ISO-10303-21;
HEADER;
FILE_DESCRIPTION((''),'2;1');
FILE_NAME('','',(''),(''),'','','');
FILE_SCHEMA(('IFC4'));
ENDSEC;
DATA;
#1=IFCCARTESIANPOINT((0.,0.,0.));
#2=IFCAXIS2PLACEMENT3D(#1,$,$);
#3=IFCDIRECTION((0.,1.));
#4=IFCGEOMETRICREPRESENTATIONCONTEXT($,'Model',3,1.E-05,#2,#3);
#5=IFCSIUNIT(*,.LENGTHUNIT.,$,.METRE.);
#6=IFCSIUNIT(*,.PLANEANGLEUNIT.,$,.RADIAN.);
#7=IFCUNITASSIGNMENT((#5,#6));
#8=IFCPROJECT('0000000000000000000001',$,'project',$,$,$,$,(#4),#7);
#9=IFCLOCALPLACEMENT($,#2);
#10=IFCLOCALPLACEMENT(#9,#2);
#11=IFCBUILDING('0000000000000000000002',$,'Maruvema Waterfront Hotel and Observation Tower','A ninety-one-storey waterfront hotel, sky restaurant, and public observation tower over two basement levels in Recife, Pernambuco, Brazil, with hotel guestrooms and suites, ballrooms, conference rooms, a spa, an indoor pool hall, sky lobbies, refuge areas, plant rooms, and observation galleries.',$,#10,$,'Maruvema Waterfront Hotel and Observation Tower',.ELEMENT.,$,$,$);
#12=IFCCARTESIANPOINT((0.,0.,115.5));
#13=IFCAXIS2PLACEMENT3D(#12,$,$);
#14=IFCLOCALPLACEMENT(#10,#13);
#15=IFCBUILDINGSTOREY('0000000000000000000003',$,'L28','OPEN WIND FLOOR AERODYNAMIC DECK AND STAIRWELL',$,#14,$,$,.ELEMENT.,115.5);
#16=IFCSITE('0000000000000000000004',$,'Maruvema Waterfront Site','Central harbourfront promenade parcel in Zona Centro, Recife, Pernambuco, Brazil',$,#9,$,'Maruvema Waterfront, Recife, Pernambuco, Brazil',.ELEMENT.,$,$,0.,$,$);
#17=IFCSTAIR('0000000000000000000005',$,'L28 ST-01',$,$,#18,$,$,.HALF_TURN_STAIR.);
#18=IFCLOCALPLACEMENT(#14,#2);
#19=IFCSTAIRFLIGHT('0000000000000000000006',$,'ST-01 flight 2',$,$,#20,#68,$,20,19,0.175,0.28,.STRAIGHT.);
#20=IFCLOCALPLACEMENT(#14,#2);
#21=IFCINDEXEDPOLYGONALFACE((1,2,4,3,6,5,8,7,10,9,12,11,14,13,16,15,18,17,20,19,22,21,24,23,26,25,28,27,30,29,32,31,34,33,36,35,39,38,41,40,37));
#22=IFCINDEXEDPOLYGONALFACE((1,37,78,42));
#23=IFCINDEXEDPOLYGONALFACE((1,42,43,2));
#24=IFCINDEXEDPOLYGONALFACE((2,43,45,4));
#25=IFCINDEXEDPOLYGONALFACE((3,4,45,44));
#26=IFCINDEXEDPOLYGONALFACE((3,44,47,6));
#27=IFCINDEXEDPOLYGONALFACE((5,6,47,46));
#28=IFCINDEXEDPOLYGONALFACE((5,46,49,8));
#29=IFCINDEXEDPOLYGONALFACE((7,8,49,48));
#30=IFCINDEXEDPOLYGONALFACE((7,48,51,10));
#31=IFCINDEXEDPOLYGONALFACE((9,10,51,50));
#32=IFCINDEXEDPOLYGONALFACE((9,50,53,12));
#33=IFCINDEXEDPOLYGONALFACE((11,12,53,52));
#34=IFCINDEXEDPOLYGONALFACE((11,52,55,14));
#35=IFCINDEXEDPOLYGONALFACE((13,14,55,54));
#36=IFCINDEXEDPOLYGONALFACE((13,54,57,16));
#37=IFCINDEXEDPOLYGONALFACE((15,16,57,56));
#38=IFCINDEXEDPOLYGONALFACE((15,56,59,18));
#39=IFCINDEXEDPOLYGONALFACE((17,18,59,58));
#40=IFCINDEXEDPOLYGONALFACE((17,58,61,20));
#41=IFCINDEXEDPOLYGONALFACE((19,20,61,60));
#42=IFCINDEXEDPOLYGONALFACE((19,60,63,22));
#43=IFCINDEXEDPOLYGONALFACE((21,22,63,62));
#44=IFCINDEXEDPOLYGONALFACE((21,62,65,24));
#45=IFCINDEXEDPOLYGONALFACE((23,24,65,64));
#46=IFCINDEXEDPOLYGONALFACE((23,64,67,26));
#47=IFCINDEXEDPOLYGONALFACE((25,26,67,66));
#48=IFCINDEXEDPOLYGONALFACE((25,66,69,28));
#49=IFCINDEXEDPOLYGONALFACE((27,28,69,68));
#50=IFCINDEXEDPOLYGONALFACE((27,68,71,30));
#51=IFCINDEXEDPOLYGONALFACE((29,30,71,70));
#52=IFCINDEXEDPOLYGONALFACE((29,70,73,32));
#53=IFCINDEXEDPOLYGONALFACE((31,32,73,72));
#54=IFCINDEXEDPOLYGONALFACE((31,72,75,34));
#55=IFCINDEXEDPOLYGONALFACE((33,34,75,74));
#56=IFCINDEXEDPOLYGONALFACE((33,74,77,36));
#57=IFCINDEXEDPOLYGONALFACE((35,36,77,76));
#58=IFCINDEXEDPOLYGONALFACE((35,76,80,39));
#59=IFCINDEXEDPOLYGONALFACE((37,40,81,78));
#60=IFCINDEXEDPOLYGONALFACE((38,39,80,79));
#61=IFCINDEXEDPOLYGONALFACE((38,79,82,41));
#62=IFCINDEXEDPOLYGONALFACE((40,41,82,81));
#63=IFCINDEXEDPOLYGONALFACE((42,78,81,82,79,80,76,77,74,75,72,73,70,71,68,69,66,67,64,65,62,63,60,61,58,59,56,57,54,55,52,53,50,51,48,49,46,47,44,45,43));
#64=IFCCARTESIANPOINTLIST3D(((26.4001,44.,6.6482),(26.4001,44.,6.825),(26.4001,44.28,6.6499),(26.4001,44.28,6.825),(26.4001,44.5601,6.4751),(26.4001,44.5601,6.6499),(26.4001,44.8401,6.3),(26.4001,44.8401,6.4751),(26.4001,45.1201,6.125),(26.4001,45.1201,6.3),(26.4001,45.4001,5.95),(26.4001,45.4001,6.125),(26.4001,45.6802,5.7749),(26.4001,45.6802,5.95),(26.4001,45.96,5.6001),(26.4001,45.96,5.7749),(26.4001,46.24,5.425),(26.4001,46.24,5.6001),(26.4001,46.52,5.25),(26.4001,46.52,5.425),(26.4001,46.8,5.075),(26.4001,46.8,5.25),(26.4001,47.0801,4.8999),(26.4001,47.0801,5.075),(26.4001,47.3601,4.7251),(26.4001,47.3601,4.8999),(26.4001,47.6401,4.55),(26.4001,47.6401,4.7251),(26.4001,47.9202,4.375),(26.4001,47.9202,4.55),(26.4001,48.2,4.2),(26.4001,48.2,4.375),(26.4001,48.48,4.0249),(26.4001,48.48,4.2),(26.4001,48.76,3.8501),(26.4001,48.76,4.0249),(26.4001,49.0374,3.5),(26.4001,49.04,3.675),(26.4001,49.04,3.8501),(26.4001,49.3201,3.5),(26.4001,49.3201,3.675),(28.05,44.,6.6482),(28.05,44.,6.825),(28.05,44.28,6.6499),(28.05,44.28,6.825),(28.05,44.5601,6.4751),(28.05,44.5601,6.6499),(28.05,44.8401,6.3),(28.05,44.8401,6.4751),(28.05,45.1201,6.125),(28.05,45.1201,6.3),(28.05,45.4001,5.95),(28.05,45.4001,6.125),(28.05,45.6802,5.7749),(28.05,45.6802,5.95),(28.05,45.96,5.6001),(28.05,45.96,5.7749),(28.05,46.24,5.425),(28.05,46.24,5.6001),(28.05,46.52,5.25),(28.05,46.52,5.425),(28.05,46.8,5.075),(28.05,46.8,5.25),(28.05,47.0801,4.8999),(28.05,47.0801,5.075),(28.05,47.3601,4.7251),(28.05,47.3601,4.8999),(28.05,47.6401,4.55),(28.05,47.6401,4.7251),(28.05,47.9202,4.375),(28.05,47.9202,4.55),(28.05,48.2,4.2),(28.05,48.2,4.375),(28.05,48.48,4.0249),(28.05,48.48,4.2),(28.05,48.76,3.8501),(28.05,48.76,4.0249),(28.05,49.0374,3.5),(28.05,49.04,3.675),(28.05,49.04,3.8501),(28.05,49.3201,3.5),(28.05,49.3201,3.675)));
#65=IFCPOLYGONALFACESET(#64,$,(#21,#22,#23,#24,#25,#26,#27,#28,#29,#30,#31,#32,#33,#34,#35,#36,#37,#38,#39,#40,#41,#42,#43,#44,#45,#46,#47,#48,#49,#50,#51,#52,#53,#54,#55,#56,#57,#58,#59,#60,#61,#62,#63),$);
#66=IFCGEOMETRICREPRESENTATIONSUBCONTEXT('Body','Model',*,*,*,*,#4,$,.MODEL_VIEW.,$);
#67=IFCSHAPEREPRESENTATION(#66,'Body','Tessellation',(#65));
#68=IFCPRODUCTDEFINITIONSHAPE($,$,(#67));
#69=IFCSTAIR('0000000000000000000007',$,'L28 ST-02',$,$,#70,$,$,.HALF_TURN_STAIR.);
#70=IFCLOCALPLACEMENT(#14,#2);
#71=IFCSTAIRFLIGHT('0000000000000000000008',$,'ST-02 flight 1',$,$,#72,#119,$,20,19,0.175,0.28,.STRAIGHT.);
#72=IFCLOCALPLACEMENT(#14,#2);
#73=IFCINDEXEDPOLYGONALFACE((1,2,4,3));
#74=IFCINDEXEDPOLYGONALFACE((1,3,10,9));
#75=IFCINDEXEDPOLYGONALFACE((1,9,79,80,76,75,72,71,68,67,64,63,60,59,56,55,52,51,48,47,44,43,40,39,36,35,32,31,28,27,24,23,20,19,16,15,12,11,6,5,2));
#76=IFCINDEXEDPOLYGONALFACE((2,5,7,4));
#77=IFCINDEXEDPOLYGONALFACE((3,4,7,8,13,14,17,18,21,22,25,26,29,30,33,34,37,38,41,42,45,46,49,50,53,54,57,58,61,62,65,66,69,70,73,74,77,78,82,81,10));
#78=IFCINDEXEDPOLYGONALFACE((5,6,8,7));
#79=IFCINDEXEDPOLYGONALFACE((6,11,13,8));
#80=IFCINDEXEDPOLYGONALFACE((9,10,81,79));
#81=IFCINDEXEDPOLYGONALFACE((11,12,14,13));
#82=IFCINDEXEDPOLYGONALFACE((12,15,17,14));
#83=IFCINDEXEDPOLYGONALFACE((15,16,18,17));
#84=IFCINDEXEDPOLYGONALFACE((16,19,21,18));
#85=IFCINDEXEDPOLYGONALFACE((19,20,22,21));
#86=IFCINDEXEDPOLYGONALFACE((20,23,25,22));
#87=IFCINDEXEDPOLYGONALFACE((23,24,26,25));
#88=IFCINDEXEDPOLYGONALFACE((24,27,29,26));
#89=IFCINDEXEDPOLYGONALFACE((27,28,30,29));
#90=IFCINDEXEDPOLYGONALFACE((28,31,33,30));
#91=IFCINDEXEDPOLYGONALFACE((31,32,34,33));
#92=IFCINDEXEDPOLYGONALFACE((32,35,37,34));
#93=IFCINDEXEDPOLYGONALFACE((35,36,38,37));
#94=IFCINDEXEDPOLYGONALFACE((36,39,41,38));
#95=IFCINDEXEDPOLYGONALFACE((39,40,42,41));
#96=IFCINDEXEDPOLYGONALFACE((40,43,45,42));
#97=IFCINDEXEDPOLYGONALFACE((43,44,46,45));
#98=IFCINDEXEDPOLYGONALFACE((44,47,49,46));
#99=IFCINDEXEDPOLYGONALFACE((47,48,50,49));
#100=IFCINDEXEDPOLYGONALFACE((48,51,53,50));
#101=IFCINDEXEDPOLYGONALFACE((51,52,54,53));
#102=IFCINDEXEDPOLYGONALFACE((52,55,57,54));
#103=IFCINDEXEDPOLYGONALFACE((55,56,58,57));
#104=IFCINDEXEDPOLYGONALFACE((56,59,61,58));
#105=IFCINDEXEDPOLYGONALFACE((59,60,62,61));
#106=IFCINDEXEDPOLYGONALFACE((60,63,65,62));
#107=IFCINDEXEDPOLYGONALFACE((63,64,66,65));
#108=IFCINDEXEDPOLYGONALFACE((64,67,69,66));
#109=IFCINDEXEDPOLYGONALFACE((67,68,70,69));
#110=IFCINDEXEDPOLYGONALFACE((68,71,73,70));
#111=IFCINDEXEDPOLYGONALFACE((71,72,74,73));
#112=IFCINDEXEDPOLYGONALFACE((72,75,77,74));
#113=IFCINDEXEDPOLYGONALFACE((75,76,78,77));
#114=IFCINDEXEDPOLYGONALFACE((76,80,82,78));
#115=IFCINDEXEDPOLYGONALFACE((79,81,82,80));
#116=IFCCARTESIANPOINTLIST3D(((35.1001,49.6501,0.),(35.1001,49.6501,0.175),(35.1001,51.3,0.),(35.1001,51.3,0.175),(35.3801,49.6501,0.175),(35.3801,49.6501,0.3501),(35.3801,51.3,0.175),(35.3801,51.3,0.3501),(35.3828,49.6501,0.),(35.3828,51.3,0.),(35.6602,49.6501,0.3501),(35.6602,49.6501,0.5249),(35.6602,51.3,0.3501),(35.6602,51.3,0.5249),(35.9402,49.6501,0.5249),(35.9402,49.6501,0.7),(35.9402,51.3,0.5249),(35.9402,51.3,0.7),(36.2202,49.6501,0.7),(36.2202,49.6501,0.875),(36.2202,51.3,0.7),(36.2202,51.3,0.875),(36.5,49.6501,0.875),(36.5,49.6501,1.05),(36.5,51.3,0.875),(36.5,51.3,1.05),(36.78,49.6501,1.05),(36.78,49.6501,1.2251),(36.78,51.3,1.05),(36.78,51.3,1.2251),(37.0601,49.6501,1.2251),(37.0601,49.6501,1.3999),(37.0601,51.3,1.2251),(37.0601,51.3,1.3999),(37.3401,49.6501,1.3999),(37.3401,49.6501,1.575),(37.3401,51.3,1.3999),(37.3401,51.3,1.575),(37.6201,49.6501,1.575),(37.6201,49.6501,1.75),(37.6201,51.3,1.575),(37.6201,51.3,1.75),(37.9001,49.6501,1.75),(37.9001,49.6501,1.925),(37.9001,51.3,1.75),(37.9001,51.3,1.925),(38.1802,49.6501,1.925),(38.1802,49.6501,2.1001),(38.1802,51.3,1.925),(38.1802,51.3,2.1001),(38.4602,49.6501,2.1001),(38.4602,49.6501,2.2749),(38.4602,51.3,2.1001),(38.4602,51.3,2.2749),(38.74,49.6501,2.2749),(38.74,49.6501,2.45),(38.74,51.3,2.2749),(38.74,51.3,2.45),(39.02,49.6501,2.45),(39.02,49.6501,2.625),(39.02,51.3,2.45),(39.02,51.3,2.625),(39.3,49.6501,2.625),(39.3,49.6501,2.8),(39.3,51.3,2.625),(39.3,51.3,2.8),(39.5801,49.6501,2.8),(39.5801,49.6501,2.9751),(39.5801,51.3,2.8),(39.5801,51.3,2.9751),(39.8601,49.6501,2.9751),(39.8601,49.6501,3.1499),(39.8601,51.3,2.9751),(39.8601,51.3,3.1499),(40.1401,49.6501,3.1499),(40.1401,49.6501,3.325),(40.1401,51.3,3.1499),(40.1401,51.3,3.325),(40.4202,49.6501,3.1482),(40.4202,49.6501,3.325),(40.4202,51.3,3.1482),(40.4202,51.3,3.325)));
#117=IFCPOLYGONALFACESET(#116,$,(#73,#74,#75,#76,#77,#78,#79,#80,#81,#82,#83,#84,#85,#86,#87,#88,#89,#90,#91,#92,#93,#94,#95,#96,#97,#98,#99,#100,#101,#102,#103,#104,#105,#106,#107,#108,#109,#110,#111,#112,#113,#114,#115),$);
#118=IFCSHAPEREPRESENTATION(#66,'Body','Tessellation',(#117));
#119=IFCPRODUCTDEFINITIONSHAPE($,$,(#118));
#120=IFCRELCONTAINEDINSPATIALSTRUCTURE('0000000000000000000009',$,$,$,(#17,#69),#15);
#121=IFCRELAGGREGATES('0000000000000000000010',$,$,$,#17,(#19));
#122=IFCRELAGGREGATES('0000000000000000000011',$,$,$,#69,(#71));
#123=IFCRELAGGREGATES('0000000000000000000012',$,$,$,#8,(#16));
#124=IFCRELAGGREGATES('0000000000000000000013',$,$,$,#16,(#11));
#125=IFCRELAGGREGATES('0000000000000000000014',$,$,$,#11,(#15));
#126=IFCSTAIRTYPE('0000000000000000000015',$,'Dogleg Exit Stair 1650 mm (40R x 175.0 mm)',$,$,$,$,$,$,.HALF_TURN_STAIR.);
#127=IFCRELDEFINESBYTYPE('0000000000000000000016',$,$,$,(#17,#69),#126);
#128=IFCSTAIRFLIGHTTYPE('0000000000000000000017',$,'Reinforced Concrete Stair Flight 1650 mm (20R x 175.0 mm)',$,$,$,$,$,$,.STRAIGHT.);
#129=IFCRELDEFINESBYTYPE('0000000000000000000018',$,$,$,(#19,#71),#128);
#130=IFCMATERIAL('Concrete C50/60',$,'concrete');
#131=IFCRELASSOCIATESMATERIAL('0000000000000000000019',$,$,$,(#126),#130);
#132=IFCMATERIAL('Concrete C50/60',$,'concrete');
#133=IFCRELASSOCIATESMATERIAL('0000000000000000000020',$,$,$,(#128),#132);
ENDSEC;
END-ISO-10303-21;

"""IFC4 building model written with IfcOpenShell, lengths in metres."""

from ifc_helpers import new_model, si_unit, direction, frame, origin, place, context, subcontext, project, spatial, polyline, outline, extrude, material, type_object, element, aggregate, save


model = new_model("IFC4")

# Units and contexts
model_context = context("Model", 3, precision=1e-05, world=origin(), true_north=direction((0.0, 1.0)))
body_context = subcontext(model_context, "Body", "Model", "MODEL_VIEW")
ifc_project = project(units=[si_unit("LENGTHUNIT", "METRE"), si_unit("PLANEANGLEUNIT", "RADIAN")], contexts=[model_context])

# Site, building, storey
site_placement = place(None, origin())
site = spatial("IfcSite", under=ifc_project, at=site_placement, Name="Maruvema Waterfront Site", Description="Central harbourfront promenade parcel in Zona Centro, Recife, Pernambuco, Brazil", LongName="Maruvema Waterfront, Recife, Pernambuco, Brazil", CompositionType="ELEMENT", RefElevation=0.0)
building_placement = place(site_placement, origin())
building = spatial("IfcBuilding", under=site, at=building_placement, Name="Maruvema Waterfront Hotel and Observation Tower", Description="A ninety-one-storey waterfront hotel, sky restaurant, and public observation tower over two basement levels in Recife, Pernambuco, Brazil, with hotel guestrooms and suites, ballrooms, conference rooms, a spa, an indoor pool hall, sky lobbies, refuge areas, plant rooms, and observation galleries.", LongName="Maruvema Waterfront Hotel and Observation Tower", CompositionType="ELEMENT")
storey_placement = place(building_placement, frame((0.0, 0.0, 115.5)))
storey = spatial("IfcBuildingStorey", under=building, at=storey_placement, Name="L28", Description="OPEN WIND FLOOR AERODYNAMIC DECK AND STAIRWELL", CompositionType="ELEMENT", Elevation=115.5)

# Stair, stair flight
ifc_material_1 = material(Name="Concrete C50/60", Category="concrete")
stair_type = type_object("IfcStairType", Name="Dogleg Exit Stair 1650 mm (40R x 175.0 mm)", PredefinedType="HALF_TURN_STAIR", material=ifc_material_1)
stair_1_placement = place(storey_placement, origin())
stair_1 = element("IfcStair", 1, at=stair_1_placement, inside=storey, type_object=stair_type, Name="L28 ST-01", PredefinedType="HALF_TURN_STAIR")
ifc_material_2 = material(Name="Concrete C50/60", Category="concrete")
stair_flight_type = type_object("IfcStairFlightType", Name="Reinforced Concrete Stair Flight 1650 mm (20R x 175.0 mm)", PredefinedType="STRAIGHT", material=ifc_material_2)
stair_flight_1_placement = place(storey_placement, frame((27.2251, 49.3201, 3.5), z_axis=(0.0, 0.0, 1.0), x_axis=(0.0, -1.0, 0.0)))
stair_flight_1 = element("IfcStairFlight", 2, at=stair_flight_1_placement, type_object=stair_flight_type, Name="ST-01 flight 2", NumberOfRisers=20, NumberOfTreads=19, PredefinedType="STRAIGHT", RiserHeight=0.175, TreadLength=0.28, context=body_context, shape_type="SweptSolid", body=[
    extrude(outline(polyline([(0.0, 0.0), (0.0, 0.175), (0.28, 0.175), (0.28, 0.3501), (0.5601, 0.3501), (0.5601, 0.5249), (0.8401, 0.5249), (0.8401, 0.7), (1.1201, 0.7), (1.1201, 0.875), (1.3999, 0.875), (1.3999, 1.05), (1.6799, 1.05), (1.6799, 1.2251), (1.96, 1.2251), (1.96, 1.3999), (2.24, 1.3999), (2.24, 1.575), (2.52, 1.575), (2.52, 1.75), (2.8, 1.75), (2.8, 1.925), (3.0801, 1.925), (3.0801, 2.1001), (3.3601, 2.1001), (3.3601, 2.2749), (3.6399, 2.2749), (3.6399, 2.45), (3.9199, 2.45), (3.9199, 2.625), (4.2, 2.625), (4.2, 2.8), (4.48, 2.8), (4.48, 2.9751), (4.76, 2.9751), (4.76, 3.1499), (5.04, 3.1499), (5.04, 3.325), (5.3201, 3.325), (5.3201, 3.5), (5.3201, 3.1482), (0.2827, 0.0), (0.0, 0.0)])), frame((0.0, 0.825, 0.0), z_axis=(0.0, -1.0, 0.0), x_axis=(1.0, 0.0, 0.0)), (0.0, 0.0, 1.0), 1.6499),
])
aggregate(stair_1, [stair_flight_1])

# Stair, stair flight
stair_2_placement = place(storey_placement, origin())
stair_2 = element("IfcStair", 3, at=stair_2_placement, inside=storey, type_object=stair_type, Name="L28 ST-02", PredefinedType="HALF_TURN_STAIR")
stair_flight_2_placement = place(storey_placement, frame((35.1001, 50.4751, 0.0), z_axis=(0.0, 0.0, 1.0), x_axis=(1.0, 0.0, 0.0)))
stair_flight_2 = element("IfcStairFlight", 4, at=stair_flight_2_placement, type_object=stair_flight_type, Name="ST-02 flight 1", NumberOfRisers=20, NumberOfTreads=19, PredefinedType="STRAIGHT", RiserHeight=0.175, TreadLength=0.28, context=body_context, shape_type="SweptSolid", body=[
    extrude(outline(polyline([(0.0, 0.0), (0.0, 0.175), (0.28, 0.175), (0.28, 0.3501), (0.5601, 0.3501), (0.5601, 0.5249), (0.8401, 0.5249), (0.8401, 0.7), (1.1201, 0.7), (1.1201, 0.875), (1.3999, 0.875), (1.3999, 1.05), (1.6799, 1.05), (1.6799, 1.2251), (1.96, 1.2251), (1.96, 1.3999), (2.24, 1.3999), (2.24, 1.575), (2.52, 1.575), (2.52, 1.75), (2.8, 1.75), (2.8, 1.925), (3.0801, 1.925), (3.0801, 2.1001), (3.3601, 2.1001), (3.3601, 2.2749), (3.6399, 2.2749), (3.6399, 2.45), (3.9199, 2.45), (3.9199, 2.625), (4.2, 2.625), (4.2, 2.8), (4.48, 2.8), (4.48, 2.9751), (4.76, 2.9751), (4.76, 3.1499), (5.04, 3.1499), (5.04, 3.325), (5.3201, 3.325), (5.3201, 3.5), (5.3201, 3.1482), (0.2827, 0.0), (0.0, 0.0)])), frame((0.0, 0.825, 0.0), z_axis=(0.0, -1.0, 0.0), x_axis=(1.0, 0.0, 0.0)), (0.0, 0.0, 1.0), 1.6499),
])
aggregate(stair_2, [stair_flight_2])

save(model, "model.ifc")
